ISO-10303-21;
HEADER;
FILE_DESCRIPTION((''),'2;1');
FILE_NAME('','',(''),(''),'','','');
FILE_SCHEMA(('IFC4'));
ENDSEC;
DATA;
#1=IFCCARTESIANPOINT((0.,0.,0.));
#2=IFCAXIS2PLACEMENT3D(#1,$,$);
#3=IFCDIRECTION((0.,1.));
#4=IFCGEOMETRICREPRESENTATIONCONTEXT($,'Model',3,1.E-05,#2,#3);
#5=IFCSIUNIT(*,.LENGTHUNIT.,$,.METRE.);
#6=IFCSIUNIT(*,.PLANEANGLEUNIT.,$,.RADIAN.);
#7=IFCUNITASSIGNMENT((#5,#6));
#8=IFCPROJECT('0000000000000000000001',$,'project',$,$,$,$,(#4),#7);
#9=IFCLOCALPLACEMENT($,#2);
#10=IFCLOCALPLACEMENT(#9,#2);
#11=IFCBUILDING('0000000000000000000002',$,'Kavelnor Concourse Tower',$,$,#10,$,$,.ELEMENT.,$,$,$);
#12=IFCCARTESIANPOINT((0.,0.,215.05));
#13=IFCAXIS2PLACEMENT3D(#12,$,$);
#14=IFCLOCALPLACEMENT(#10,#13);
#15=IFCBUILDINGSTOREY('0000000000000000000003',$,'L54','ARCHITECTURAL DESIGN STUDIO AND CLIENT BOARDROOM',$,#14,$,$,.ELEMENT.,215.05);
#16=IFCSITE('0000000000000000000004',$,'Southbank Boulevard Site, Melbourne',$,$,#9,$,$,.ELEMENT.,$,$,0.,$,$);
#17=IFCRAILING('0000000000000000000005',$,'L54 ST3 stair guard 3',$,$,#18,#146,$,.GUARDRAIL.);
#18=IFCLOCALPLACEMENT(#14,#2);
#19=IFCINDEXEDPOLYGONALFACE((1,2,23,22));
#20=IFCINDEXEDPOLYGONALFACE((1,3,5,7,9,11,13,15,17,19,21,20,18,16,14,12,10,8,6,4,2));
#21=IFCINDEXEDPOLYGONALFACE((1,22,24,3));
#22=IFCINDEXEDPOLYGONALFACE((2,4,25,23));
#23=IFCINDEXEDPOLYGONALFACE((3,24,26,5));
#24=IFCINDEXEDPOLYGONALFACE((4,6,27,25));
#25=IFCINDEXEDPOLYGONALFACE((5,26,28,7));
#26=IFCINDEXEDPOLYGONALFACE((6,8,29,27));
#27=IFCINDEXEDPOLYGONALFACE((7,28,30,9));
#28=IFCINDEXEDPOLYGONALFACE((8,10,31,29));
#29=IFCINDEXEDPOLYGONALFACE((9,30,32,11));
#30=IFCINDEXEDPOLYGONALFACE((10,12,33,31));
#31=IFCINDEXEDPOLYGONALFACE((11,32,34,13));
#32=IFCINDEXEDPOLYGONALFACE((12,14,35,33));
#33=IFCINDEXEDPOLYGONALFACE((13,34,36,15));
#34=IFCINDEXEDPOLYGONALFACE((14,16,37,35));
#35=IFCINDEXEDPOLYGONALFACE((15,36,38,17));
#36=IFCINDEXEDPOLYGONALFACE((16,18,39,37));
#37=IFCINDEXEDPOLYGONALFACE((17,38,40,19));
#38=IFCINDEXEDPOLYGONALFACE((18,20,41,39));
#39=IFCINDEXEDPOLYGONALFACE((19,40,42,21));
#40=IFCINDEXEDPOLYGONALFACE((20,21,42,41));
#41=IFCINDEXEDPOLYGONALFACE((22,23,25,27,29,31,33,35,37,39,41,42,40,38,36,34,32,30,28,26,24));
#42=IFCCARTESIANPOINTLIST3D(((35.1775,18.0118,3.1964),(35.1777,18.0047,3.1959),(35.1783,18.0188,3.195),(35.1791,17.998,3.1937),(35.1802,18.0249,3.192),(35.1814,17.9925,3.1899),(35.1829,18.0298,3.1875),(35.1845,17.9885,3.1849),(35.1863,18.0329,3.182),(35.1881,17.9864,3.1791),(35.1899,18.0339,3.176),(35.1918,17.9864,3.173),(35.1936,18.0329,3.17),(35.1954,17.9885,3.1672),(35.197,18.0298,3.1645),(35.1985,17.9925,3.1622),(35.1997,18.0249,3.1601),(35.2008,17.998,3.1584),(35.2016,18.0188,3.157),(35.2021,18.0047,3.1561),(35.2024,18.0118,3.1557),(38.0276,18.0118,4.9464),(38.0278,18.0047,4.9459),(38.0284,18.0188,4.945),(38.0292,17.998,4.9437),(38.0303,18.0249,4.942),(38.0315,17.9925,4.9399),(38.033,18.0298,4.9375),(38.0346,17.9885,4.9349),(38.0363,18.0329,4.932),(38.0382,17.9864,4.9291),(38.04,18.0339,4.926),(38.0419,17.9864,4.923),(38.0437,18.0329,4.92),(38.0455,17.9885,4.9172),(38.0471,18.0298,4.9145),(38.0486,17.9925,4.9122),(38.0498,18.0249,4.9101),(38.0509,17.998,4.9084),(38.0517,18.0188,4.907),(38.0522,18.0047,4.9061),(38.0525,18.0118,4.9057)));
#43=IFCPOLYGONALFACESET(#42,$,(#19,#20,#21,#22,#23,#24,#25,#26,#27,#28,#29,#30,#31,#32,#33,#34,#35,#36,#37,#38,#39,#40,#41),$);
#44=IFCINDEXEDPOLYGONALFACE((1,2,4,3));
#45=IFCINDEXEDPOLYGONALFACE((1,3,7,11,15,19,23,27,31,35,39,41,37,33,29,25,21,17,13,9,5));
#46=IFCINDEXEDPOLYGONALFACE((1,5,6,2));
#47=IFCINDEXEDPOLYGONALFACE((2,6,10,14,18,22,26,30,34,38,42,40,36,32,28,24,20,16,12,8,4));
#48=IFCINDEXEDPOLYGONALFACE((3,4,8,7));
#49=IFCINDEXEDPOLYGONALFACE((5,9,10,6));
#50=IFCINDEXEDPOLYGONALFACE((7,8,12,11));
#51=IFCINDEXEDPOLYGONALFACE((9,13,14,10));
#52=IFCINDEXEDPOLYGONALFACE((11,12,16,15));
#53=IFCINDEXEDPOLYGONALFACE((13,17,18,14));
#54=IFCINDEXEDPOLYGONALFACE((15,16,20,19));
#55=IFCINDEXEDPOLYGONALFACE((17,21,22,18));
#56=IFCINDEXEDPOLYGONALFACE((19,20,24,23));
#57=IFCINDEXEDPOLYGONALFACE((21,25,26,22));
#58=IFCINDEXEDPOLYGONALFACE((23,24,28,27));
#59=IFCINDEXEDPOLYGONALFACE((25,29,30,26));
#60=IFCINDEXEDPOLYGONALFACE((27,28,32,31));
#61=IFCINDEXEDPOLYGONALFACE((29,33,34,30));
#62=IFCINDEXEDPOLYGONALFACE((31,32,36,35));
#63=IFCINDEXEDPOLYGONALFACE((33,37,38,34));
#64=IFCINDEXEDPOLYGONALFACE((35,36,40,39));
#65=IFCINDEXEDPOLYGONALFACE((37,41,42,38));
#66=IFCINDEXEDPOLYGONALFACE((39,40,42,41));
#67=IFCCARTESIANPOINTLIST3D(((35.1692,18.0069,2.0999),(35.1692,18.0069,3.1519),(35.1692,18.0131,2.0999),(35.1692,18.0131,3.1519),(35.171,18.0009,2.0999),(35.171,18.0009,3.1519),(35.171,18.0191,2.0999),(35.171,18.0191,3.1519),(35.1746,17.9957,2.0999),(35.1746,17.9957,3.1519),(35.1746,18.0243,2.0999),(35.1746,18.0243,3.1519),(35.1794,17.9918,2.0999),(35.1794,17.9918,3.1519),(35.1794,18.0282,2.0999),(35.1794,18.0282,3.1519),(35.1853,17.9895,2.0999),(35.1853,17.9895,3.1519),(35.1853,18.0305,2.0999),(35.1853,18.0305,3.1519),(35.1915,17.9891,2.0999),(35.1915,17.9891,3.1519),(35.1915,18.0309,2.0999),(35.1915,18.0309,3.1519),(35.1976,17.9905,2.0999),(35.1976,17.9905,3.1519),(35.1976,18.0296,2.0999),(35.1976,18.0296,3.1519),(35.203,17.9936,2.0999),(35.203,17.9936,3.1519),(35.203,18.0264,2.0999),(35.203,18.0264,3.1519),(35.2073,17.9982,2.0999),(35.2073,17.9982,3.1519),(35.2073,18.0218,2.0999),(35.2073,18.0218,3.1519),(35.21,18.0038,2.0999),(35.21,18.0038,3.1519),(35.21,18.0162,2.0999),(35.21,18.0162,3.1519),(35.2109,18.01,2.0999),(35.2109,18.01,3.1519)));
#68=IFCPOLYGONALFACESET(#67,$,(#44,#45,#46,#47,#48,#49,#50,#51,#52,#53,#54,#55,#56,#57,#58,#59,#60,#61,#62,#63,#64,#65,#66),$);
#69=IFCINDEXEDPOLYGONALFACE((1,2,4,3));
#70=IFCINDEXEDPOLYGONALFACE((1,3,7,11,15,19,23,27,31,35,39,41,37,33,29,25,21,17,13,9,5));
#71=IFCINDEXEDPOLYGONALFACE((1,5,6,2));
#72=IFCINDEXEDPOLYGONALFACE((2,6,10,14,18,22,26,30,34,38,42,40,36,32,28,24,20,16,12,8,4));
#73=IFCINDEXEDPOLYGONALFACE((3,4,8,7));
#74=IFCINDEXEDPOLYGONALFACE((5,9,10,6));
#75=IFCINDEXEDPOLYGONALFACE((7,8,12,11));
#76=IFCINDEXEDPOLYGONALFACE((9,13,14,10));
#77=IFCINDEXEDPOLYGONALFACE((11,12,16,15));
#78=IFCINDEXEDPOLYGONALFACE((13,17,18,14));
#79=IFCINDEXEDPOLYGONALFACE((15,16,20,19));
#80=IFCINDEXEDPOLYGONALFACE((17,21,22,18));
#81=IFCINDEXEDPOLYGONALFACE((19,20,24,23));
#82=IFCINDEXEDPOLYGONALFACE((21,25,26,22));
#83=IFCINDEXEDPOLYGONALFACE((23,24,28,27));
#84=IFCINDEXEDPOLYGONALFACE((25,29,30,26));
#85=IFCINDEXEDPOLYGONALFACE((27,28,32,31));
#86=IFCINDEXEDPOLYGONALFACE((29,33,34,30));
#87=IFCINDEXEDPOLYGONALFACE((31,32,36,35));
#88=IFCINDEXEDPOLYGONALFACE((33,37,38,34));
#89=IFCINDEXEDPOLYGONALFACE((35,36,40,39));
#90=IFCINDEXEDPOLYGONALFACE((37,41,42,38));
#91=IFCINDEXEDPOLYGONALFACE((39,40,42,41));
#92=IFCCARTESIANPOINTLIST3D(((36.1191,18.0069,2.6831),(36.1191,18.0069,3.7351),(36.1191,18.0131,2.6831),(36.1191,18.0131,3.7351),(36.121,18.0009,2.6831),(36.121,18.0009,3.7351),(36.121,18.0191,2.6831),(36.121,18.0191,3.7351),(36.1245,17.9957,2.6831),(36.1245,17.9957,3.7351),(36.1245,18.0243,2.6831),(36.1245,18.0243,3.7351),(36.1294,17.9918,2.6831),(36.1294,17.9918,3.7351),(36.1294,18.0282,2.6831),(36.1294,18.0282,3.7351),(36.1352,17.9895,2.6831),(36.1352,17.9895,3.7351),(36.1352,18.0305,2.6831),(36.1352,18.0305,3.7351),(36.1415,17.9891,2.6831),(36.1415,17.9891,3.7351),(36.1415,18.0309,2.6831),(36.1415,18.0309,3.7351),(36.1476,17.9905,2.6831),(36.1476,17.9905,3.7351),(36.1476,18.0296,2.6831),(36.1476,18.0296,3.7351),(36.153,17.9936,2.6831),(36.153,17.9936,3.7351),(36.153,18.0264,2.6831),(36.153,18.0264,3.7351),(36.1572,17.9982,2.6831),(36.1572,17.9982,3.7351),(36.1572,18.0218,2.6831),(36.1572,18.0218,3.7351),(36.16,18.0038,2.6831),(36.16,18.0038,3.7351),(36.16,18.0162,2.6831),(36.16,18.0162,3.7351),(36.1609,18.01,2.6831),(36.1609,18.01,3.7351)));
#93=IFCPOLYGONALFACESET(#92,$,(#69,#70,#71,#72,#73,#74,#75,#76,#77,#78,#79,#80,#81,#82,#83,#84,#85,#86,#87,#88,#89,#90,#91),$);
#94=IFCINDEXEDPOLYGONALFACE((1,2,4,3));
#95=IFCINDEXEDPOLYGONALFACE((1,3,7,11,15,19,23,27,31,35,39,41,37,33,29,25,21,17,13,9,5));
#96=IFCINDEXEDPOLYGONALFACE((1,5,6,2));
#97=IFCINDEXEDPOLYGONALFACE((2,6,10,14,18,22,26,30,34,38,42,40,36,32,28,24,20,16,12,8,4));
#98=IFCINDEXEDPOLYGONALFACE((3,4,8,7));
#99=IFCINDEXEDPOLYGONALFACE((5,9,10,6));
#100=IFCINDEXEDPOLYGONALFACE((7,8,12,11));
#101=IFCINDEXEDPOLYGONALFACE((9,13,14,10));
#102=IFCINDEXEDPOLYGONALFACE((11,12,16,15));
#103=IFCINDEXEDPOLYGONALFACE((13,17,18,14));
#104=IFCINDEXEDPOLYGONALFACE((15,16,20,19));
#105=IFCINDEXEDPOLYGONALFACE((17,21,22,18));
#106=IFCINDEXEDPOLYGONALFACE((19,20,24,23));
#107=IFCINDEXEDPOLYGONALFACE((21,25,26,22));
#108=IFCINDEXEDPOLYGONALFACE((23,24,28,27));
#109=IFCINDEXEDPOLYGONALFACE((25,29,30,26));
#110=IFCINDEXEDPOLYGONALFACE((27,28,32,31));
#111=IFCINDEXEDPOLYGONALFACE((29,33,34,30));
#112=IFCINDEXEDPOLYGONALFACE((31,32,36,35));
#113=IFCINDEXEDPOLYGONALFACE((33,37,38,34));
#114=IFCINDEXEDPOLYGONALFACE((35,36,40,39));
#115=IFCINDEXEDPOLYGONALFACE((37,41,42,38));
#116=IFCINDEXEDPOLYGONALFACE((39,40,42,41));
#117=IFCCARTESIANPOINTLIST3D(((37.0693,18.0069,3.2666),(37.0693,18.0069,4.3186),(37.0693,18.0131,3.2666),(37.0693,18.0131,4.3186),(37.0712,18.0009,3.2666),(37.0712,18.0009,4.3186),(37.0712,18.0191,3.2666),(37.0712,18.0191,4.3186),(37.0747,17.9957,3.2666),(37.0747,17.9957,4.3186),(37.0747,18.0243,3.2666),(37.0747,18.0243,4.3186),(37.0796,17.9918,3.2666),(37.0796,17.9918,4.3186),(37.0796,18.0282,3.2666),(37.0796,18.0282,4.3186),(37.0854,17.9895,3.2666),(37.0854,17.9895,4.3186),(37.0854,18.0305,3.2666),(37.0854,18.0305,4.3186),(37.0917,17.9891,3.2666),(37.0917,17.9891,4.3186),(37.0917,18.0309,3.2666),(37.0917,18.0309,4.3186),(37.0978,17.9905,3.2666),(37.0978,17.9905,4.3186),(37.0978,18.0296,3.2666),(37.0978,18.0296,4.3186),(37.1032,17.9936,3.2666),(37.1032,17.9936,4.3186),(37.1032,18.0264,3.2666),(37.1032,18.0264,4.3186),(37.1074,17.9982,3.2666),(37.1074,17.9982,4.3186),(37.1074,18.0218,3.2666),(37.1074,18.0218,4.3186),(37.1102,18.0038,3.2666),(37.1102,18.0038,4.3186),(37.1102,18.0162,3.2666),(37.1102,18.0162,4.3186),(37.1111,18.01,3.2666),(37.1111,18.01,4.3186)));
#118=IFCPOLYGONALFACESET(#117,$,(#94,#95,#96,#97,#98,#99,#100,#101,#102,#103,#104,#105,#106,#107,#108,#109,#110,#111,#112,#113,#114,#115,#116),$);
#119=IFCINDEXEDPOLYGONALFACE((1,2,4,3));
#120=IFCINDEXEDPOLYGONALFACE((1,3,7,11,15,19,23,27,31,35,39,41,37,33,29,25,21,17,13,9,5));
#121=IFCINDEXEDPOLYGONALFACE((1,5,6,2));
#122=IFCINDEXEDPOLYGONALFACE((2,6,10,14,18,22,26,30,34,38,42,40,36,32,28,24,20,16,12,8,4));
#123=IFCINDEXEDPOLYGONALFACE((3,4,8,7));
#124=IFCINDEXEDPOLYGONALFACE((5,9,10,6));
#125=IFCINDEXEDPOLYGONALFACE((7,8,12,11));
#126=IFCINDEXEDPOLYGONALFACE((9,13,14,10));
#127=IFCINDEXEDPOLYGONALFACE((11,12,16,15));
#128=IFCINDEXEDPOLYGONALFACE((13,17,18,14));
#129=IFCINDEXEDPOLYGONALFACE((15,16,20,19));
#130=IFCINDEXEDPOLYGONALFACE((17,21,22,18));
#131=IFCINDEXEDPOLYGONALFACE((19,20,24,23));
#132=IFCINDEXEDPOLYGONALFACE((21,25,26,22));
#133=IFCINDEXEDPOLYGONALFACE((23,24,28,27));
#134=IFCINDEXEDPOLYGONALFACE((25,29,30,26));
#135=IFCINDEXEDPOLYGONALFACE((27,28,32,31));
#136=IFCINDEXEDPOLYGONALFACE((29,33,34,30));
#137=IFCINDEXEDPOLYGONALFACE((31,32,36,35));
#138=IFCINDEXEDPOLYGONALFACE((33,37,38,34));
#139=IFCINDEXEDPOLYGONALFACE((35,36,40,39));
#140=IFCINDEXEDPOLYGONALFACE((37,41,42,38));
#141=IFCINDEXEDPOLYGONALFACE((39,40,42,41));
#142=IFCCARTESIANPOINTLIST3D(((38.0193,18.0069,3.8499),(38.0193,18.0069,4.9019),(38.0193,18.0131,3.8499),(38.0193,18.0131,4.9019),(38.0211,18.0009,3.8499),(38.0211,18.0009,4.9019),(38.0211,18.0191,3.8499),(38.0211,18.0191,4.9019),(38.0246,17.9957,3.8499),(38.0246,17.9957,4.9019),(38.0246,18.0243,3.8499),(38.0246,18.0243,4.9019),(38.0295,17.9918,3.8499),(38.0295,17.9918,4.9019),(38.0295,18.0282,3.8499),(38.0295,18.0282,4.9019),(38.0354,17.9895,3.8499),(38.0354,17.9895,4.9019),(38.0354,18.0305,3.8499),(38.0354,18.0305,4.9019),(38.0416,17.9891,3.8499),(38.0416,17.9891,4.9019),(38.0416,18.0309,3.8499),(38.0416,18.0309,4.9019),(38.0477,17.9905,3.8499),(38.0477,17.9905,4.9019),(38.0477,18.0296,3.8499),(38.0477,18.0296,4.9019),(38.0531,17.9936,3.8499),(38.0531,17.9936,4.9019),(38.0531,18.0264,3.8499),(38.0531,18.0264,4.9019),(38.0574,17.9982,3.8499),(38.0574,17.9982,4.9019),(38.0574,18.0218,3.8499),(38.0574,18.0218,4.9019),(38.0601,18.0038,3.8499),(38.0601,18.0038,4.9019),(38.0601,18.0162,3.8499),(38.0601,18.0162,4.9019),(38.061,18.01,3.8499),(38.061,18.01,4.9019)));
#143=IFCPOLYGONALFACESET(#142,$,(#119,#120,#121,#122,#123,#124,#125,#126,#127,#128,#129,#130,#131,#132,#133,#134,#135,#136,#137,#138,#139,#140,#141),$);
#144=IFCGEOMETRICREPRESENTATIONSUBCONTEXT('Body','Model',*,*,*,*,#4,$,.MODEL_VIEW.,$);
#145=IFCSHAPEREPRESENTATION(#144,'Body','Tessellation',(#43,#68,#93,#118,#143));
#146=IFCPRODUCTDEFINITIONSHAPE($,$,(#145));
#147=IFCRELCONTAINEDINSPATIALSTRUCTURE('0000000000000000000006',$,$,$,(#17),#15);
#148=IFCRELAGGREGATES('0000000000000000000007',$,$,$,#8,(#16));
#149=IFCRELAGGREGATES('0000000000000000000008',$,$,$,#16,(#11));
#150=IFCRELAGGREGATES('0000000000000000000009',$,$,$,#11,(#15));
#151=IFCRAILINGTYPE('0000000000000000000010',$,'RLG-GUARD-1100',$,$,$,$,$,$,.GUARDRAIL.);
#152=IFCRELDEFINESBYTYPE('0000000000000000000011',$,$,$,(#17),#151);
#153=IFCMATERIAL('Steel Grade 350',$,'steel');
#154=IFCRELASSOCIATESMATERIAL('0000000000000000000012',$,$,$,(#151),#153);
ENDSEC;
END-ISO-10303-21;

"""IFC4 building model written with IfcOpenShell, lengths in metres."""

from ifc_helpers import new_model, si_unit, direction, frame, origin, origin_2d, place, context, subcontext, project, spatial, circle, extrude, material, type_object, element, save


model = new_model("IFC4")

# Units and contexts
model_context = context("Model", 3, precision=1e-05, world=origin(), true_north=direction((0.0, 1.0)))
body_context = subcontext(model_context, "Body", "Model", "MODEL_VIEW")
ifc_project = project(units=[si_unit("LENGTHUNIT", "METRE"), si_unit("PLANEANGLEUNIT", "RADIAN")], contexts=[model_context])

# Site, building, storey
site_placement = place(None, origin())
site = spatial("IfcSite", under=ifc_project, at=site_placement, Name="Southbank Boulevard Site, Melbourne", CompositionType="ELEMENT", RefElevation=0.0)
building_placement = place(site_placement, origin())
building = spatial("IfcBuilding", under=site, at=building_placement, Name="Kavelnor Concourse Tower", CompositionType="ELEMENT")
storey_placement = place(building_placement, frame((0.0, 0.0, 215.05)))
storey = spatial("IfcBuildingStorey", under=building, at=storey_placement, Name="L54", Description="ARCHITECTURAL DESIGN STUDIO AND CLIENT BOARDROOM", CompositionType="ELEMENT", Elevation=215.05)

# Shared definitions
ifc_material_1 = material(Name="Steel Grade 350", Category="steel")

# Railing
railing_type_1 = type_object("IfcRailingType", Name="RLG-GUARD-1100", PredefinedType="GUARDRAIL", material=ifc_material_1)
railing_1_placement = place(storey_placement, frame((35.1899, 18.01, 2.0999)))
element("IfcRailing", 1, at=railing_1_placement, inside=storey, type_object=railing_type_1, Name="L54 ST3 stair guard 3", PredefinedType="GUARDRAIL", context=body_context, shape_type="SweptSolid", body=[
    extrude(circle(Radius=0.0239, at=origin_2d()), frame((0.0, 0.0, 1.0762), z_axis=(0.852179, 0.0, 0.52325), x_axis=(0.0, 1.0, 0.0)), (0.0, 0.0, 1.0), 3.3445),
    extrude(circle(Radius=0.021, at=origin_2d()), origin(), (0.0, 0.0, 1.0), 1.052),
    extrude(circle(Radius=0.021, at=origin_2d()), frame((0.95, 0.0, 0.5833)), (0.0, 0.0, 1.0), 1.052),
    extrude(circle(Radius=0.021, at=origin_2d()), frame((1.9001, 0.0, 1.1667)), (0.0, 0.0, 1.0), 1.052),
    extrude(circle(Radius=0.021, at=origin_2d()), frame((2.8501, 0.0, 1.75)), (0.0, 0.0, 1.0), 1.052),
])

save(model, "model.ifc")
